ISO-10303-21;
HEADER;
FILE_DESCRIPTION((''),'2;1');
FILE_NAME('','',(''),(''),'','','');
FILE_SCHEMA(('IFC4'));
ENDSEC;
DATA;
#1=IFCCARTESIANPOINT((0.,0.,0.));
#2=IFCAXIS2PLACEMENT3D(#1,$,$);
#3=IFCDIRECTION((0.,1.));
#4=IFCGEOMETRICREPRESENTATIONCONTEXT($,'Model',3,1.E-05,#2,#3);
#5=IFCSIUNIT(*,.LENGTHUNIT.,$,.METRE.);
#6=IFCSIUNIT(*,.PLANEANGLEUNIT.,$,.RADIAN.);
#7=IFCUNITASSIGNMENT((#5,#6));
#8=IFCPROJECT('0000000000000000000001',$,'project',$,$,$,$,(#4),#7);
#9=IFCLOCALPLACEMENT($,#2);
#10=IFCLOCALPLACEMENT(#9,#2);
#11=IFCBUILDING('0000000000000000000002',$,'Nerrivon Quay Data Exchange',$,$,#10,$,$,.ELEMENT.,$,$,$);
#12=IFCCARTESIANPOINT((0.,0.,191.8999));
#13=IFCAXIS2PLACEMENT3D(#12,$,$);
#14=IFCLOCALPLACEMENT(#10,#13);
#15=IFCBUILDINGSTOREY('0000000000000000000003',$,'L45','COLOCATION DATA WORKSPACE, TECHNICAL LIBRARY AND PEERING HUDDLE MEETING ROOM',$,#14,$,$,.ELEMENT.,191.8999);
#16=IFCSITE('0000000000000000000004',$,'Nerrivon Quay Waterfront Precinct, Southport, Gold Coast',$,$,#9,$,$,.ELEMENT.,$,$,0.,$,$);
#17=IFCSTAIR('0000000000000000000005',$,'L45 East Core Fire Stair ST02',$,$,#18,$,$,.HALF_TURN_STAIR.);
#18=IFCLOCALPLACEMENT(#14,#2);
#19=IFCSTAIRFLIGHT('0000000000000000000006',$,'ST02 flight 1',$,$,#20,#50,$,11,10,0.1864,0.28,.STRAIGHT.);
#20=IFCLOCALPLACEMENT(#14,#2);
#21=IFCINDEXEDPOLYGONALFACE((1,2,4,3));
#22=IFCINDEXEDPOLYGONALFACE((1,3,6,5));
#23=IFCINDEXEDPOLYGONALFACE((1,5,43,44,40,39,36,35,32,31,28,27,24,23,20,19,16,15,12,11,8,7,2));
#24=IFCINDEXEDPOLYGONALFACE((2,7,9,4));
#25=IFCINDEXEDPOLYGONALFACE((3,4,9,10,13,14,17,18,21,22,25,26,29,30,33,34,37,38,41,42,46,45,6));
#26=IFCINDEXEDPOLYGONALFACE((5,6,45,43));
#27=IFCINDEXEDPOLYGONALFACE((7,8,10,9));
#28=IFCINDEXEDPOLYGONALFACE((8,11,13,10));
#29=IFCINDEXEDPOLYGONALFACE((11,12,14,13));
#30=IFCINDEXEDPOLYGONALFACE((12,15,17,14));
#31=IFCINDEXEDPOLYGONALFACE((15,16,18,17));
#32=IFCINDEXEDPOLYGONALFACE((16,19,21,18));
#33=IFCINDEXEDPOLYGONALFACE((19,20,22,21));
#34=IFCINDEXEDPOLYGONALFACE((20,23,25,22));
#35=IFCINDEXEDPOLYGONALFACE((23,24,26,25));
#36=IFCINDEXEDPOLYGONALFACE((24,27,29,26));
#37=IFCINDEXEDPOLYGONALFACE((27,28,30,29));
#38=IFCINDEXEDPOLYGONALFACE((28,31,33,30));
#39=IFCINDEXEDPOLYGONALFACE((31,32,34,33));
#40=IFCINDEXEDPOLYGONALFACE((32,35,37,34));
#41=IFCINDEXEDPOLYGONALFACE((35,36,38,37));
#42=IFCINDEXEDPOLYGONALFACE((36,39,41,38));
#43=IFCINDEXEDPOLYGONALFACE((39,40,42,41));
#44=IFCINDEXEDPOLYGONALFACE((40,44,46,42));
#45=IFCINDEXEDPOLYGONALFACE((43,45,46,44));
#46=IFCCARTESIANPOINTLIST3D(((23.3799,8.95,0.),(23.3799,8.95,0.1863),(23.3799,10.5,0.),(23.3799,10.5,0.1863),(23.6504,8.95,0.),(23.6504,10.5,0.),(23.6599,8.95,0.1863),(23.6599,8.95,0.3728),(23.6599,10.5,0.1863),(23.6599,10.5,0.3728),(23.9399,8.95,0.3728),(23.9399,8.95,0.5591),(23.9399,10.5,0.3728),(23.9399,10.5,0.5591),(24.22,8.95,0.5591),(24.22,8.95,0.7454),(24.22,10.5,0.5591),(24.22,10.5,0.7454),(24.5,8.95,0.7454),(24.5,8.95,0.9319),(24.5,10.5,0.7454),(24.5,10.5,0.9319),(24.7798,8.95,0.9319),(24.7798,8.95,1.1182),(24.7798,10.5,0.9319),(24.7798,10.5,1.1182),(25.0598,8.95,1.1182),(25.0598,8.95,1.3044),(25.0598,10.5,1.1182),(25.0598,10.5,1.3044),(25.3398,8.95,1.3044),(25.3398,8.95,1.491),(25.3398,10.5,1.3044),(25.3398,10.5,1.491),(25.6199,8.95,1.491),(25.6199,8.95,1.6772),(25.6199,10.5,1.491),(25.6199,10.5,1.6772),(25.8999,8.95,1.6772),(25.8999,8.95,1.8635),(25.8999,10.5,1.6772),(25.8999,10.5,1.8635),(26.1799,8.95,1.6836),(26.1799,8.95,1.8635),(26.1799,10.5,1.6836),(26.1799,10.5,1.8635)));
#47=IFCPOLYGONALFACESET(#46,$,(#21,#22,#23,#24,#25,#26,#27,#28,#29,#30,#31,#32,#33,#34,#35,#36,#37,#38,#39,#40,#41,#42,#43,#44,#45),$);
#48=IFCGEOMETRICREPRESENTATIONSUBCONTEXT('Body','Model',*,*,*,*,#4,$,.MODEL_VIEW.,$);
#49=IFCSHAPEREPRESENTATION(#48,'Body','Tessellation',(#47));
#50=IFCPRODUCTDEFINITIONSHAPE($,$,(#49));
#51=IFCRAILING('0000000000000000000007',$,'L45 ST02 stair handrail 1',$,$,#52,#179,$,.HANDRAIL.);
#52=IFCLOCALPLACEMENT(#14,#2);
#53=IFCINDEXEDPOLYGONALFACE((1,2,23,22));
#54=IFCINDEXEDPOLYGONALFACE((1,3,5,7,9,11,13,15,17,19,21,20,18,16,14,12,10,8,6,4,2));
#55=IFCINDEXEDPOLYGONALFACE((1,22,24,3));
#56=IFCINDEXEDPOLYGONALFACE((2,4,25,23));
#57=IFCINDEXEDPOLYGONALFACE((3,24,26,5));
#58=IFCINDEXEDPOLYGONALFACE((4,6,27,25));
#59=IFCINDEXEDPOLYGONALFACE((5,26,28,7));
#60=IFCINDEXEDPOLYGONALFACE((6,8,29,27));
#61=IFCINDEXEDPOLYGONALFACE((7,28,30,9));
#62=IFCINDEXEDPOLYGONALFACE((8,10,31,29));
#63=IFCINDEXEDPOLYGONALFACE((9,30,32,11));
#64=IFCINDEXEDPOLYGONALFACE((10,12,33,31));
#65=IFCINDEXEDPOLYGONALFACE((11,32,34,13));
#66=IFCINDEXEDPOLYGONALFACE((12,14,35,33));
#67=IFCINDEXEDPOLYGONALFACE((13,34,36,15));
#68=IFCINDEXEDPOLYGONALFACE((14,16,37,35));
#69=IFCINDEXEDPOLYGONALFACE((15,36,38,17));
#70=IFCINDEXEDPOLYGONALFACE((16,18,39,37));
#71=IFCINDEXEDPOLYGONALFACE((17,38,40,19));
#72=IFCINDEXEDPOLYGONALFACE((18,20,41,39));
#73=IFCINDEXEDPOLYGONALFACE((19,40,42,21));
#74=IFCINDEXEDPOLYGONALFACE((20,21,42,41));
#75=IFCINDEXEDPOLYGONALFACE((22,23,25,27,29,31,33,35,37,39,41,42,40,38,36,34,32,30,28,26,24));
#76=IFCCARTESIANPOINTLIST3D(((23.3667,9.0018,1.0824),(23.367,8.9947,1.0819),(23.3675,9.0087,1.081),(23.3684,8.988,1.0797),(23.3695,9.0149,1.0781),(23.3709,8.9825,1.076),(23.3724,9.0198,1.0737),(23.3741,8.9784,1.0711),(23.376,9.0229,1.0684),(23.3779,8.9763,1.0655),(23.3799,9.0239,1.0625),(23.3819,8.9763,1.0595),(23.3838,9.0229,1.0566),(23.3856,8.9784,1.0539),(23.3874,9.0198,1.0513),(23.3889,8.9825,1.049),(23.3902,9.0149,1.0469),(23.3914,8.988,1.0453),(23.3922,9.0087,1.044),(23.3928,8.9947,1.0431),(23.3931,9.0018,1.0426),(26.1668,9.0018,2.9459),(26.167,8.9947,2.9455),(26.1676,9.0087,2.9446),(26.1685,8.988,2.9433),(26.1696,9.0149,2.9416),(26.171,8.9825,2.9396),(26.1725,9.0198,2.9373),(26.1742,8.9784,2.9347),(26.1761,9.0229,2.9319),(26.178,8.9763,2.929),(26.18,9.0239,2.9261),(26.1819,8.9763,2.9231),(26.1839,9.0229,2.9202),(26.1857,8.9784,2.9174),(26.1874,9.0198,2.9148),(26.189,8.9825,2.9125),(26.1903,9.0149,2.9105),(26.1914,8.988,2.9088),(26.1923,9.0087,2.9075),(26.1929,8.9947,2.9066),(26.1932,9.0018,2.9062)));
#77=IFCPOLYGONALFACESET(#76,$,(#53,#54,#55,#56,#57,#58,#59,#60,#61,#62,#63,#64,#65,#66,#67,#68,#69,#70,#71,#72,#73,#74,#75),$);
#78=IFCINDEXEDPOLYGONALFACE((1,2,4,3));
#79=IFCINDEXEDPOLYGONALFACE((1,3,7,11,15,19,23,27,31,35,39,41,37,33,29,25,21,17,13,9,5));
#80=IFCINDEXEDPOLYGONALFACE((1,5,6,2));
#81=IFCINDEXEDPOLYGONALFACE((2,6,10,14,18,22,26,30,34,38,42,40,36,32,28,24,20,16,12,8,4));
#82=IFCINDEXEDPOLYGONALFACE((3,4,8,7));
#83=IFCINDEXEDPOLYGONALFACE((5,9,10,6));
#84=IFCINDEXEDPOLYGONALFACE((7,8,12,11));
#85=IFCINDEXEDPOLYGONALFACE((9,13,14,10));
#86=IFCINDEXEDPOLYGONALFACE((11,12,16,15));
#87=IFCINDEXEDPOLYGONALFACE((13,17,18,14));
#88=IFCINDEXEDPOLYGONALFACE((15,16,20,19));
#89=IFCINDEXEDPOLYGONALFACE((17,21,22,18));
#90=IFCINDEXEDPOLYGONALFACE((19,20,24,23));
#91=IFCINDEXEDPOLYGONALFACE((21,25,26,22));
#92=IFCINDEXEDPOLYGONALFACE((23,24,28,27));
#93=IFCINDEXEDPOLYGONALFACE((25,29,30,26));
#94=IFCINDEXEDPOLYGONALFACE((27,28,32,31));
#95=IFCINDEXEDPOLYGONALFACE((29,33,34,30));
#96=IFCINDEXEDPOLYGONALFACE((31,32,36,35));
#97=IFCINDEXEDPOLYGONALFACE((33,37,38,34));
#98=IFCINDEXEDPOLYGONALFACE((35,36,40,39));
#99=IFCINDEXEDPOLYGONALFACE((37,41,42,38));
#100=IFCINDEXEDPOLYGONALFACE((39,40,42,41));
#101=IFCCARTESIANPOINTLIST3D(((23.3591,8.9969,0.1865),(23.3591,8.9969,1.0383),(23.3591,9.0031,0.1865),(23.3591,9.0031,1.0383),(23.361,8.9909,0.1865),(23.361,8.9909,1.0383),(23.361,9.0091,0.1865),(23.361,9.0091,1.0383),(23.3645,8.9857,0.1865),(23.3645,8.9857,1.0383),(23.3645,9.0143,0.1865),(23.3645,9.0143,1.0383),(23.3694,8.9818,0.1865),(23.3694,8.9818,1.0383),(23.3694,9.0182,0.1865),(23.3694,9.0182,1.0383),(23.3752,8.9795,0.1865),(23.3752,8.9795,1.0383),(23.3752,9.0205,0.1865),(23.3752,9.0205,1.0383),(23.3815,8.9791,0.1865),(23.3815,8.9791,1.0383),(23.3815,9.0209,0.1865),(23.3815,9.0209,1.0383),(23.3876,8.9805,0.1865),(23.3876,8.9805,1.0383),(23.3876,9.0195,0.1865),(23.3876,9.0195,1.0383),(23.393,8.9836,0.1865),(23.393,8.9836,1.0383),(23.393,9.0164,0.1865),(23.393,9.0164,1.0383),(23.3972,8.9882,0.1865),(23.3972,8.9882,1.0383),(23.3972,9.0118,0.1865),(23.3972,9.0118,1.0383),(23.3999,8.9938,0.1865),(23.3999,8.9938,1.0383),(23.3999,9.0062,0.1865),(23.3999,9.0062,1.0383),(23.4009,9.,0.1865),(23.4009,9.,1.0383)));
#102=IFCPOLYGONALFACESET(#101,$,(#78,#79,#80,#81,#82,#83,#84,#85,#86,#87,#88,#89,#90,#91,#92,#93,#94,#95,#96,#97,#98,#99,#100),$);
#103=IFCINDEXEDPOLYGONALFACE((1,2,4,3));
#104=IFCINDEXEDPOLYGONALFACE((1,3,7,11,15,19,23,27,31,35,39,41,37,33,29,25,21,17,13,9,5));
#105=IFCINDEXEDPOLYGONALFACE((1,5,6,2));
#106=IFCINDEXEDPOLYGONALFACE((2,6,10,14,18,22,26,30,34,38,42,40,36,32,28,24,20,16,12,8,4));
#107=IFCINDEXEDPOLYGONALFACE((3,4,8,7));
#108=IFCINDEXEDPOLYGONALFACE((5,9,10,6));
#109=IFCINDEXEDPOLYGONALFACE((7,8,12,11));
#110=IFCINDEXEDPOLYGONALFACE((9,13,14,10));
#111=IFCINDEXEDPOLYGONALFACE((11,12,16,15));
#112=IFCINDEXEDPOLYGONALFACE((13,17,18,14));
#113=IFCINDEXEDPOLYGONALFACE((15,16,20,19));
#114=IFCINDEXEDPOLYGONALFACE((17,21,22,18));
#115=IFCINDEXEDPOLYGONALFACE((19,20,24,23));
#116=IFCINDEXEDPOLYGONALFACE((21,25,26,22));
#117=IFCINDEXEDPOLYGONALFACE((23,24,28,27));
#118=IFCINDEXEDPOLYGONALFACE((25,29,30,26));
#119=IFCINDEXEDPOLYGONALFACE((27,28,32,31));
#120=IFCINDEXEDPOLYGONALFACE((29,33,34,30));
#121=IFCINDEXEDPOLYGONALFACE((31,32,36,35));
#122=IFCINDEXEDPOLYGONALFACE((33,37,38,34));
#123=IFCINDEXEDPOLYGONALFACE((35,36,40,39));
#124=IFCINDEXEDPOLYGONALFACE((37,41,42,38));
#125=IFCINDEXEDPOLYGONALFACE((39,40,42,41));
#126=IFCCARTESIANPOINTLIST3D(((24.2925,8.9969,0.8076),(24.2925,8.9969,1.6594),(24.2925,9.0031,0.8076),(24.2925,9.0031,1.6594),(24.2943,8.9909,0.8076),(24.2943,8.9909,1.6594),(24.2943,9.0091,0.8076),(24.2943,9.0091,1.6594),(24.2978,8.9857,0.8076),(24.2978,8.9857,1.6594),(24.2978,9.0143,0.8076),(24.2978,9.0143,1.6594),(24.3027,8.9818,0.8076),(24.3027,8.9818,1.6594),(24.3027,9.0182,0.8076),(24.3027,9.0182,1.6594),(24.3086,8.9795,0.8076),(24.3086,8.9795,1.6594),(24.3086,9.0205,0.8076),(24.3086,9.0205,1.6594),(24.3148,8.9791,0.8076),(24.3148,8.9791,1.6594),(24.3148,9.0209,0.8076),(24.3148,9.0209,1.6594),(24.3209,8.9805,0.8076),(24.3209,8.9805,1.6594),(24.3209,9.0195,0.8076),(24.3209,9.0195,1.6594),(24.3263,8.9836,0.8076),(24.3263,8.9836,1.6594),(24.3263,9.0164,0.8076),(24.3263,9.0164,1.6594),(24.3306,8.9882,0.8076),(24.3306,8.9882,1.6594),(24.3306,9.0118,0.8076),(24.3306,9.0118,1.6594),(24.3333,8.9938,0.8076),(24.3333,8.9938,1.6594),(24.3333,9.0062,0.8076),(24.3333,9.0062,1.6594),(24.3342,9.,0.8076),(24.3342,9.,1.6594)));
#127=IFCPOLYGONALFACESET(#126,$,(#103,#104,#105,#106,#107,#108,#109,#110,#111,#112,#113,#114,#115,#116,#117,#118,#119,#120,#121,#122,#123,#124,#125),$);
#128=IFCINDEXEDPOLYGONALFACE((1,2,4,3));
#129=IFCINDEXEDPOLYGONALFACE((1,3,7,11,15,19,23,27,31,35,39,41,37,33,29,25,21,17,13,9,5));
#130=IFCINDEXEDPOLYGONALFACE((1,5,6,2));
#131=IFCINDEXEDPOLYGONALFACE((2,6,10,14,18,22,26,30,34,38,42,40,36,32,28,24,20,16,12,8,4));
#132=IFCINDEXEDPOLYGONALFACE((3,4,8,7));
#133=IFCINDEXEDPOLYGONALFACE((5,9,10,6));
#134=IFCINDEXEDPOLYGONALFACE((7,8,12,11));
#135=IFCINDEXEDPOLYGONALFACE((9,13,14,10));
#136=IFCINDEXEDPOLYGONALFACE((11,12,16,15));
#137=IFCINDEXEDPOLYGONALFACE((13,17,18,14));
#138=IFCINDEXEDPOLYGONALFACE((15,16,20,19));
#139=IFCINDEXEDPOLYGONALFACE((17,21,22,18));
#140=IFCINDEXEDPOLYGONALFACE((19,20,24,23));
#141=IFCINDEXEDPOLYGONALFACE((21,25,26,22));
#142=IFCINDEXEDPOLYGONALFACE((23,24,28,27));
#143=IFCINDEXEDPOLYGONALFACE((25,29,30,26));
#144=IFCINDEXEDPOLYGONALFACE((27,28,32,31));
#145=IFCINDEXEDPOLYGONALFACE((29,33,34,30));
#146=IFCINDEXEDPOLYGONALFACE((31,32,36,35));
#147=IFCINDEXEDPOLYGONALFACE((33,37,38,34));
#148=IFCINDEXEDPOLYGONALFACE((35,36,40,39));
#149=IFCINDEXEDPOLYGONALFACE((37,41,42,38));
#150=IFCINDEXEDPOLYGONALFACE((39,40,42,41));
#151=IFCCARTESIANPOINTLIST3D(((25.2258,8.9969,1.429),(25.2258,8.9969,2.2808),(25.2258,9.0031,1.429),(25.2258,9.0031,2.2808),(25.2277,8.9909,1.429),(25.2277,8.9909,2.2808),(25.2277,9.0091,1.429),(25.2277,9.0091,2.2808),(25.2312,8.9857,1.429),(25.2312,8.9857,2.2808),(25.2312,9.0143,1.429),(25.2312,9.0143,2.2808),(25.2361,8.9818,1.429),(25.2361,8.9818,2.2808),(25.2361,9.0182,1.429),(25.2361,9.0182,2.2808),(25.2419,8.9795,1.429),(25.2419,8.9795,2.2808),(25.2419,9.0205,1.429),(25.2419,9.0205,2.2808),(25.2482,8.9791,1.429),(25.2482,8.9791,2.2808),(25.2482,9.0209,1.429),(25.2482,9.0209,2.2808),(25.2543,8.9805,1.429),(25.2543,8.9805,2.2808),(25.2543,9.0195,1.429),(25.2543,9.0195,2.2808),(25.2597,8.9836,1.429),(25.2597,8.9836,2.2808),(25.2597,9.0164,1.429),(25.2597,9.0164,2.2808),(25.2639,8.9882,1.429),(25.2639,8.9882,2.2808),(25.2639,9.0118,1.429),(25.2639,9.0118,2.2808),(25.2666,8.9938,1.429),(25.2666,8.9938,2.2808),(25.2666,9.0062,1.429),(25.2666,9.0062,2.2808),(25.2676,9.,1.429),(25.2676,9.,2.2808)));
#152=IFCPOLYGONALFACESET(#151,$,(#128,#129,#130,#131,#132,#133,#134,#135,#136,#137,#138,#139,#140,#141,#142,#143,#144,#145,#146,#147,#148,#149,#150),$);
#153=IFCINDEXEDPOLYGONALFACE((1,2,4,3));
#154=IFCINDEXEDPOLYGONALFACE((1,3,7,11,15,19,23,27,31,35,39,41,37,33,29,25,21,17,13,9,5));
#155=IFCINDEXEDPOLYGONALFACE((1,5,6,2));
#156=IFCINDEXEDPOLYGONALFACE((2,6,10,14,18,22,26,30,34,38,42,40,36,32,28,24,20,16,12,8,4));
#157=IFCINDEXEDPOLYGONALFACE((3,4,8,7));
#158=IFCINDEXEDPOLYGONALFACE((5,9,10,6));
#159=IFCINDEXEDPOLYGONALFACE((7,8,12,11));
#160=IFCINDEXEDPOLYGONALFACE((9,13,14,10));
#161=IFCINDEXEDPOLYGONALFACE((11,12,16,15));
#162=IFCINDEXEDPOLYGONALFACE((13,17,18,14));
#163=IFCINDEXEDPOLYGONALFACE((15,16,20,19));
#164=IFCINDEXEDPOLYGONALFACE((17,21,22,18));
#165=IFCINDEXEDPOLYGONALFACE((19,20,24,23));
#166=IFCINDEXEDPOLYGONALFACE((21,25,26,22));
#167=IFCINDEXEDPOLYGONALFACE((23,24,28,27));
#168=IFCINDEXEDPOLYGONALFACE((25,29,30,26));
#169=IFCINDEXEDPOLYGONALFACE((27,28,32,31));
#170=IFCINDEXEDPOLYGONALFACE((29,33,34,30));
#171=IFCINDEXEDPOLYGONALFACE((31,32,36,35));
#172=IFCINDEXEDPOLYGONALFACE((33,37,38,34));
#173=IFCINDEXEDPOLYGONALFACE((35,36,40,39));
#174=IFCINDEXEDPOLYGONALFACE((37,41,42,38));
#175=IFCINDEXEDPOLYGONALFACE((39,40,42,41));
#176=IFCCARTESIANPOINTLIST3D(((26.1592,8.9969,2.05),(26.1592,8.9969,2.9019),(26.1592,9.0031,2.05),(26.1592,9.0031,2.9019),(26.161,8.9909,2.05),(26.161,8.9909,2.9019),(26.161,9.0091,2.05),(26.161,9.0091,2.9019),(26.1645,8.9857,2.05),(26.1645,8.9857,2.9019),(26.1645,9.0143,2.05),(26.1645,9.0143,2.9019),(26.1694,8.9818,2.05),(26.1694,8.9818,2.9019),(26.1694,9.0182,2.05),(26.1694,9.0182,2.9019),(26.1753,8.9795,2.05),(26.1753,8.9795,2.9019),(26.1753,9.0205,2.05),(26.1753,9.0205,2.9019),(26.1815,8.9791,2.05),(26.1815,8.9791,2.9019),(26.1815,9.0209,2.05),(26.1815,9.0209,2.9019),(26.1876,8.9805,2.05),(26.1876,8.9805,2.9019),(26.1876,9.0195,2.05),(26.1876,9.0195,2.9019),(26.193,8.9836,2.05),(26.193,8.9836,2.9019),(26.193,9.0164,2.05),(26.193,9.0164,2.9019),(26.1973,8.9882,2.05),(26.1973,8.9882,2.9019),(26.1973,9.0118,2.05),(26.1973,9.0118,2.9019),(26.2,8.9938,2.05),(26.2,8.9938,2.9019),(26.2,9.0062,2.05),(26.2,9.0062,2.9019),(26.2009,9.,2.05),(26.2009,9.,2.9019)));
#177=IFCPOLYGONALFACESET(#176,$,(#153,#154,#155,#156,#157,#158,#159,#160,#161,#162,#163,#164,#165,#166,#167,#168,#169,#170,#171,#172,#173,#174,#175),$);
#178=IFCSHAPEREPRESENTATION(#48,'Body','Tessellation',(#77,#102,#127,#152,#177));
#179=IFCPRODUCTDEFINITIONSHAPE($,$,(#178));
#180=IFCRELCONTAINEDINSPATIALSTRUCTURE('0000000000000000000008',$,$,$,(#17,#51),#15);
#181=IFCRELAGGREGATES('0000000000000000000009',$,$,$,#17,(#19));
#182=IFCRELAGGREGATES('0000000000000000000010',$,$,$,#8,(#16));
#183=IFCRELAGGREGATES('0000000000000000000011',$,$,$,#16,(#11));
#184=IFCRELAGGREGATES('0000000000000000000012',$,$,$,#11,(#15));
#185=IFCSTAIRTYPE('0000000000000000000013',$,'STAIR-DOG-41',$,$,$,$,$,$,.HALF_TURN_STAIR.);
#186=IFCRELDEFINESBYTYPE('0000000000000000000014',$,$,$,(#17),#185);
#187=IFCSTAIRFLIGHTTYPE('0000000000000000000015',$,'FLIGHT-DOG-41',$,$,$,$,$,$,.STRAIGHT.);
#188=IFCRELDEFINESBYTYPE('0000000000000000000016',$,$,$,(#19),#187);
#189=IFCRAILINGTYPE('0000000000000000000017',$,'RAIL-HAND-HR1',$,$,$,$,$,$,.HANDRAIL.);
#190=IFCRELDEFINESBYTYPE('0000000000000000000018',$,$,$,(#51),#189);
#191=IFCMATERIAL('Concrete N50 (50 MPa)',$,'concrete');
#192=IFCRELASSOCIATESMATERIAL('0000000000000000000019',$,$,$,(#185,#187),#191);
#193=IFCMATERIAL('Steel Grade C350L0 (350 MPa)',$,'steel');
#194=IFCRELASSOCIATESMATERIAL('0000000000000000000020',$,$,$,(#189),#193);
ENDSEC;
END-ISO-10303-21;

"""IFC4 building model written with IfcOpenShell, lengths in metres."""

from ifc_helpers import new_model, si_unit, direction, frame, origin, origin_2d, place, context, subcontext, project, spatial, polyline, circle, outline, extrude, material, type_object, element, aggregate, save


model = new_model("IFC4")

# Units and contexts
model_context = context("Model", 3, precision=1e-05, world=origin(), true_north=direction((0.0, 1.0)))
body_context = subcontext(model_context, "Body", "Model", "MODEL_VIEW")
ifc_project = project(units=[si_unit("LENGTHUNIT", "METRE"), si_unit("PLANEANGLEUNIT", "RADIAN")], contexts=[model_context])

# Site, building, storey
site_placement = place(None, origin())
site = spatial("IfcSite", under=ifc_project, at=site_placement, Name="Nerrivon Quay Waterfront Precinct, Southport, Gold Coast", CompositionType="ELEMENT", RefElevation=0.0)
building_placement = place(site_placement, origin())
building = spatial("IfcBuilding", under=site, at=building_placement, Name="Nerrivon Quay Data Exchange", CompositionType="ELEMENT")
storey_placement = place(building_placement, frame((0.0, 0.0, 191.8999)))
storey = spatial("IfcBuildingStorey", under=building, at=storey_placement, Name="L45", Description="COLOCATION DATA WORKSPACE, TECHNICAL LIBRARY AND PEERING HUDDLE MEETING ROOM", CompositionType="ELEMENT", Elevation=191.8999)

# Shared definitions
ifc_material_1 = material(Name="Concrete N50 (50 MPa)", Category="concrete")

# Stair, stair flight
stair_type = type_object("IfcStairType", Name="STAIR-DOG-41", PredefinedType="HALF_TURN_STAIR", material=ifc_material_1)
stair_placement = place(storey_placement, origin())
stair = element("IfcStair", 1, at=stair_placement, inside=storey, type_object=stair_type, Name="L45 East Core Fire Stair ST02", PredefinedType="HALF_TURN_STAIR")
stair_flight_type = type_object("IfcStairFlightType", Name="FLIGHT-DOG-41", PredefinedType="STRAIGHT", material=ifc_material_1)
stair_flight_placement = place(storey_placement, frame((23.3799, 9.7251, 0.0), z_axis=(0.0, 0.0, 1.0), x_axis=(1.0, 0.0, 0.0)))
stair_flight = element("IfcStairFlight", 2, at=stair_flight_placement, type_object=stair_flight_type, Name="ST02 flight 1", NumberOfRisers=11, NumberOfTreads=10, PredefinedType="STRAIGHT", RiserHeight=0.1864, TreadLength=0.28, context=body_context, shape_type="SweptSolid", body=[
    extrude(outline(polyline([(0.0, 0.0), (0.0, 0.1863), (0.28, 0.1863), (0.28, 0.3728), (0.5601, 0.3728), (0.5601, 0.5591), (0.8401, 0.5591), (0.8401, 0.7454), (1.1201, 0.7454), (1.1201, 0.9319), (1.3999, 0.9319), (1.3999, 1.1182), (1.6799, 1.1182), (1.6799, 1.3044), (1.96, 1.3044), (1.96, 1.491), (2.24, 1.491), (2.24, 1.6772), (2.52, 1.6772), (2.52, 1.8635), (2.8, 1.8635), (2.8, 2.05), (2.8, 1.6836), (0.2705, 0.0), (0.0, 0.0)])), frame((0.0, 0.7749, 0.0), z_axis=(0.0, -1.0, 0.0), x_axis=(1.0, 0.0, 0.0)), (0.0, 0.0, 1.0), 1.55),
])
aggregate(stair, [stair_flight])

# Railing
ifc_material_2 = material(Name="Steel Grade C350L0 (350 MPa)", Category="steel")
railing_type_1 = type_object("IfcRailingType", Name="RAIL-HAND-HR1", PredefinedType="HANDRAIL", material=ifc_material_2)
railing_1_placement = place(storey_placement, frame((23.3799, 9.0, 0.1865)))
element("IfcRailing", 3, at=railing_1_placement, inside=storey, type_object=railing_type_1, Name="L45 ST02 stair handrail 1", PredefinedType="HANDRAIL", context=body_context, shape_type="SweptSolid", body=[
    extrude(circle(Radius=0.0239, at=origin_2d()), frame((0.0, 0.0, 0.876), z_axis=(0.832486, 0.0, 0.554047), x_axis=(0.0, 1.0, 0.0)), (0.0, 0.0, 1.0), 3.3635),
    extrude(circle(Radius=0.021, at=origin_2d()), origin(), (0.0, 0.0, 1.0), 0.8518),
    extrude(circle(Radius=0.021, at=origin_2d()), frame((0.9333, 0.0, 0.6211)), (0.0, 0.0, 1.0), 0.8518),
    extrude(circle(Radius=0.021, at=origin_2d()), frame((1.8667, 0.0, 1.2424)), (0.0, 0.0, 1.0), 0.8518),
    extrude(circle(Radius=0.021, at=origin_2d()), frame((2.8, 0.0, 1.8635)), (0.0, 0.0, 1.0), 0.8518),
])

save(model, "model.ifc")
